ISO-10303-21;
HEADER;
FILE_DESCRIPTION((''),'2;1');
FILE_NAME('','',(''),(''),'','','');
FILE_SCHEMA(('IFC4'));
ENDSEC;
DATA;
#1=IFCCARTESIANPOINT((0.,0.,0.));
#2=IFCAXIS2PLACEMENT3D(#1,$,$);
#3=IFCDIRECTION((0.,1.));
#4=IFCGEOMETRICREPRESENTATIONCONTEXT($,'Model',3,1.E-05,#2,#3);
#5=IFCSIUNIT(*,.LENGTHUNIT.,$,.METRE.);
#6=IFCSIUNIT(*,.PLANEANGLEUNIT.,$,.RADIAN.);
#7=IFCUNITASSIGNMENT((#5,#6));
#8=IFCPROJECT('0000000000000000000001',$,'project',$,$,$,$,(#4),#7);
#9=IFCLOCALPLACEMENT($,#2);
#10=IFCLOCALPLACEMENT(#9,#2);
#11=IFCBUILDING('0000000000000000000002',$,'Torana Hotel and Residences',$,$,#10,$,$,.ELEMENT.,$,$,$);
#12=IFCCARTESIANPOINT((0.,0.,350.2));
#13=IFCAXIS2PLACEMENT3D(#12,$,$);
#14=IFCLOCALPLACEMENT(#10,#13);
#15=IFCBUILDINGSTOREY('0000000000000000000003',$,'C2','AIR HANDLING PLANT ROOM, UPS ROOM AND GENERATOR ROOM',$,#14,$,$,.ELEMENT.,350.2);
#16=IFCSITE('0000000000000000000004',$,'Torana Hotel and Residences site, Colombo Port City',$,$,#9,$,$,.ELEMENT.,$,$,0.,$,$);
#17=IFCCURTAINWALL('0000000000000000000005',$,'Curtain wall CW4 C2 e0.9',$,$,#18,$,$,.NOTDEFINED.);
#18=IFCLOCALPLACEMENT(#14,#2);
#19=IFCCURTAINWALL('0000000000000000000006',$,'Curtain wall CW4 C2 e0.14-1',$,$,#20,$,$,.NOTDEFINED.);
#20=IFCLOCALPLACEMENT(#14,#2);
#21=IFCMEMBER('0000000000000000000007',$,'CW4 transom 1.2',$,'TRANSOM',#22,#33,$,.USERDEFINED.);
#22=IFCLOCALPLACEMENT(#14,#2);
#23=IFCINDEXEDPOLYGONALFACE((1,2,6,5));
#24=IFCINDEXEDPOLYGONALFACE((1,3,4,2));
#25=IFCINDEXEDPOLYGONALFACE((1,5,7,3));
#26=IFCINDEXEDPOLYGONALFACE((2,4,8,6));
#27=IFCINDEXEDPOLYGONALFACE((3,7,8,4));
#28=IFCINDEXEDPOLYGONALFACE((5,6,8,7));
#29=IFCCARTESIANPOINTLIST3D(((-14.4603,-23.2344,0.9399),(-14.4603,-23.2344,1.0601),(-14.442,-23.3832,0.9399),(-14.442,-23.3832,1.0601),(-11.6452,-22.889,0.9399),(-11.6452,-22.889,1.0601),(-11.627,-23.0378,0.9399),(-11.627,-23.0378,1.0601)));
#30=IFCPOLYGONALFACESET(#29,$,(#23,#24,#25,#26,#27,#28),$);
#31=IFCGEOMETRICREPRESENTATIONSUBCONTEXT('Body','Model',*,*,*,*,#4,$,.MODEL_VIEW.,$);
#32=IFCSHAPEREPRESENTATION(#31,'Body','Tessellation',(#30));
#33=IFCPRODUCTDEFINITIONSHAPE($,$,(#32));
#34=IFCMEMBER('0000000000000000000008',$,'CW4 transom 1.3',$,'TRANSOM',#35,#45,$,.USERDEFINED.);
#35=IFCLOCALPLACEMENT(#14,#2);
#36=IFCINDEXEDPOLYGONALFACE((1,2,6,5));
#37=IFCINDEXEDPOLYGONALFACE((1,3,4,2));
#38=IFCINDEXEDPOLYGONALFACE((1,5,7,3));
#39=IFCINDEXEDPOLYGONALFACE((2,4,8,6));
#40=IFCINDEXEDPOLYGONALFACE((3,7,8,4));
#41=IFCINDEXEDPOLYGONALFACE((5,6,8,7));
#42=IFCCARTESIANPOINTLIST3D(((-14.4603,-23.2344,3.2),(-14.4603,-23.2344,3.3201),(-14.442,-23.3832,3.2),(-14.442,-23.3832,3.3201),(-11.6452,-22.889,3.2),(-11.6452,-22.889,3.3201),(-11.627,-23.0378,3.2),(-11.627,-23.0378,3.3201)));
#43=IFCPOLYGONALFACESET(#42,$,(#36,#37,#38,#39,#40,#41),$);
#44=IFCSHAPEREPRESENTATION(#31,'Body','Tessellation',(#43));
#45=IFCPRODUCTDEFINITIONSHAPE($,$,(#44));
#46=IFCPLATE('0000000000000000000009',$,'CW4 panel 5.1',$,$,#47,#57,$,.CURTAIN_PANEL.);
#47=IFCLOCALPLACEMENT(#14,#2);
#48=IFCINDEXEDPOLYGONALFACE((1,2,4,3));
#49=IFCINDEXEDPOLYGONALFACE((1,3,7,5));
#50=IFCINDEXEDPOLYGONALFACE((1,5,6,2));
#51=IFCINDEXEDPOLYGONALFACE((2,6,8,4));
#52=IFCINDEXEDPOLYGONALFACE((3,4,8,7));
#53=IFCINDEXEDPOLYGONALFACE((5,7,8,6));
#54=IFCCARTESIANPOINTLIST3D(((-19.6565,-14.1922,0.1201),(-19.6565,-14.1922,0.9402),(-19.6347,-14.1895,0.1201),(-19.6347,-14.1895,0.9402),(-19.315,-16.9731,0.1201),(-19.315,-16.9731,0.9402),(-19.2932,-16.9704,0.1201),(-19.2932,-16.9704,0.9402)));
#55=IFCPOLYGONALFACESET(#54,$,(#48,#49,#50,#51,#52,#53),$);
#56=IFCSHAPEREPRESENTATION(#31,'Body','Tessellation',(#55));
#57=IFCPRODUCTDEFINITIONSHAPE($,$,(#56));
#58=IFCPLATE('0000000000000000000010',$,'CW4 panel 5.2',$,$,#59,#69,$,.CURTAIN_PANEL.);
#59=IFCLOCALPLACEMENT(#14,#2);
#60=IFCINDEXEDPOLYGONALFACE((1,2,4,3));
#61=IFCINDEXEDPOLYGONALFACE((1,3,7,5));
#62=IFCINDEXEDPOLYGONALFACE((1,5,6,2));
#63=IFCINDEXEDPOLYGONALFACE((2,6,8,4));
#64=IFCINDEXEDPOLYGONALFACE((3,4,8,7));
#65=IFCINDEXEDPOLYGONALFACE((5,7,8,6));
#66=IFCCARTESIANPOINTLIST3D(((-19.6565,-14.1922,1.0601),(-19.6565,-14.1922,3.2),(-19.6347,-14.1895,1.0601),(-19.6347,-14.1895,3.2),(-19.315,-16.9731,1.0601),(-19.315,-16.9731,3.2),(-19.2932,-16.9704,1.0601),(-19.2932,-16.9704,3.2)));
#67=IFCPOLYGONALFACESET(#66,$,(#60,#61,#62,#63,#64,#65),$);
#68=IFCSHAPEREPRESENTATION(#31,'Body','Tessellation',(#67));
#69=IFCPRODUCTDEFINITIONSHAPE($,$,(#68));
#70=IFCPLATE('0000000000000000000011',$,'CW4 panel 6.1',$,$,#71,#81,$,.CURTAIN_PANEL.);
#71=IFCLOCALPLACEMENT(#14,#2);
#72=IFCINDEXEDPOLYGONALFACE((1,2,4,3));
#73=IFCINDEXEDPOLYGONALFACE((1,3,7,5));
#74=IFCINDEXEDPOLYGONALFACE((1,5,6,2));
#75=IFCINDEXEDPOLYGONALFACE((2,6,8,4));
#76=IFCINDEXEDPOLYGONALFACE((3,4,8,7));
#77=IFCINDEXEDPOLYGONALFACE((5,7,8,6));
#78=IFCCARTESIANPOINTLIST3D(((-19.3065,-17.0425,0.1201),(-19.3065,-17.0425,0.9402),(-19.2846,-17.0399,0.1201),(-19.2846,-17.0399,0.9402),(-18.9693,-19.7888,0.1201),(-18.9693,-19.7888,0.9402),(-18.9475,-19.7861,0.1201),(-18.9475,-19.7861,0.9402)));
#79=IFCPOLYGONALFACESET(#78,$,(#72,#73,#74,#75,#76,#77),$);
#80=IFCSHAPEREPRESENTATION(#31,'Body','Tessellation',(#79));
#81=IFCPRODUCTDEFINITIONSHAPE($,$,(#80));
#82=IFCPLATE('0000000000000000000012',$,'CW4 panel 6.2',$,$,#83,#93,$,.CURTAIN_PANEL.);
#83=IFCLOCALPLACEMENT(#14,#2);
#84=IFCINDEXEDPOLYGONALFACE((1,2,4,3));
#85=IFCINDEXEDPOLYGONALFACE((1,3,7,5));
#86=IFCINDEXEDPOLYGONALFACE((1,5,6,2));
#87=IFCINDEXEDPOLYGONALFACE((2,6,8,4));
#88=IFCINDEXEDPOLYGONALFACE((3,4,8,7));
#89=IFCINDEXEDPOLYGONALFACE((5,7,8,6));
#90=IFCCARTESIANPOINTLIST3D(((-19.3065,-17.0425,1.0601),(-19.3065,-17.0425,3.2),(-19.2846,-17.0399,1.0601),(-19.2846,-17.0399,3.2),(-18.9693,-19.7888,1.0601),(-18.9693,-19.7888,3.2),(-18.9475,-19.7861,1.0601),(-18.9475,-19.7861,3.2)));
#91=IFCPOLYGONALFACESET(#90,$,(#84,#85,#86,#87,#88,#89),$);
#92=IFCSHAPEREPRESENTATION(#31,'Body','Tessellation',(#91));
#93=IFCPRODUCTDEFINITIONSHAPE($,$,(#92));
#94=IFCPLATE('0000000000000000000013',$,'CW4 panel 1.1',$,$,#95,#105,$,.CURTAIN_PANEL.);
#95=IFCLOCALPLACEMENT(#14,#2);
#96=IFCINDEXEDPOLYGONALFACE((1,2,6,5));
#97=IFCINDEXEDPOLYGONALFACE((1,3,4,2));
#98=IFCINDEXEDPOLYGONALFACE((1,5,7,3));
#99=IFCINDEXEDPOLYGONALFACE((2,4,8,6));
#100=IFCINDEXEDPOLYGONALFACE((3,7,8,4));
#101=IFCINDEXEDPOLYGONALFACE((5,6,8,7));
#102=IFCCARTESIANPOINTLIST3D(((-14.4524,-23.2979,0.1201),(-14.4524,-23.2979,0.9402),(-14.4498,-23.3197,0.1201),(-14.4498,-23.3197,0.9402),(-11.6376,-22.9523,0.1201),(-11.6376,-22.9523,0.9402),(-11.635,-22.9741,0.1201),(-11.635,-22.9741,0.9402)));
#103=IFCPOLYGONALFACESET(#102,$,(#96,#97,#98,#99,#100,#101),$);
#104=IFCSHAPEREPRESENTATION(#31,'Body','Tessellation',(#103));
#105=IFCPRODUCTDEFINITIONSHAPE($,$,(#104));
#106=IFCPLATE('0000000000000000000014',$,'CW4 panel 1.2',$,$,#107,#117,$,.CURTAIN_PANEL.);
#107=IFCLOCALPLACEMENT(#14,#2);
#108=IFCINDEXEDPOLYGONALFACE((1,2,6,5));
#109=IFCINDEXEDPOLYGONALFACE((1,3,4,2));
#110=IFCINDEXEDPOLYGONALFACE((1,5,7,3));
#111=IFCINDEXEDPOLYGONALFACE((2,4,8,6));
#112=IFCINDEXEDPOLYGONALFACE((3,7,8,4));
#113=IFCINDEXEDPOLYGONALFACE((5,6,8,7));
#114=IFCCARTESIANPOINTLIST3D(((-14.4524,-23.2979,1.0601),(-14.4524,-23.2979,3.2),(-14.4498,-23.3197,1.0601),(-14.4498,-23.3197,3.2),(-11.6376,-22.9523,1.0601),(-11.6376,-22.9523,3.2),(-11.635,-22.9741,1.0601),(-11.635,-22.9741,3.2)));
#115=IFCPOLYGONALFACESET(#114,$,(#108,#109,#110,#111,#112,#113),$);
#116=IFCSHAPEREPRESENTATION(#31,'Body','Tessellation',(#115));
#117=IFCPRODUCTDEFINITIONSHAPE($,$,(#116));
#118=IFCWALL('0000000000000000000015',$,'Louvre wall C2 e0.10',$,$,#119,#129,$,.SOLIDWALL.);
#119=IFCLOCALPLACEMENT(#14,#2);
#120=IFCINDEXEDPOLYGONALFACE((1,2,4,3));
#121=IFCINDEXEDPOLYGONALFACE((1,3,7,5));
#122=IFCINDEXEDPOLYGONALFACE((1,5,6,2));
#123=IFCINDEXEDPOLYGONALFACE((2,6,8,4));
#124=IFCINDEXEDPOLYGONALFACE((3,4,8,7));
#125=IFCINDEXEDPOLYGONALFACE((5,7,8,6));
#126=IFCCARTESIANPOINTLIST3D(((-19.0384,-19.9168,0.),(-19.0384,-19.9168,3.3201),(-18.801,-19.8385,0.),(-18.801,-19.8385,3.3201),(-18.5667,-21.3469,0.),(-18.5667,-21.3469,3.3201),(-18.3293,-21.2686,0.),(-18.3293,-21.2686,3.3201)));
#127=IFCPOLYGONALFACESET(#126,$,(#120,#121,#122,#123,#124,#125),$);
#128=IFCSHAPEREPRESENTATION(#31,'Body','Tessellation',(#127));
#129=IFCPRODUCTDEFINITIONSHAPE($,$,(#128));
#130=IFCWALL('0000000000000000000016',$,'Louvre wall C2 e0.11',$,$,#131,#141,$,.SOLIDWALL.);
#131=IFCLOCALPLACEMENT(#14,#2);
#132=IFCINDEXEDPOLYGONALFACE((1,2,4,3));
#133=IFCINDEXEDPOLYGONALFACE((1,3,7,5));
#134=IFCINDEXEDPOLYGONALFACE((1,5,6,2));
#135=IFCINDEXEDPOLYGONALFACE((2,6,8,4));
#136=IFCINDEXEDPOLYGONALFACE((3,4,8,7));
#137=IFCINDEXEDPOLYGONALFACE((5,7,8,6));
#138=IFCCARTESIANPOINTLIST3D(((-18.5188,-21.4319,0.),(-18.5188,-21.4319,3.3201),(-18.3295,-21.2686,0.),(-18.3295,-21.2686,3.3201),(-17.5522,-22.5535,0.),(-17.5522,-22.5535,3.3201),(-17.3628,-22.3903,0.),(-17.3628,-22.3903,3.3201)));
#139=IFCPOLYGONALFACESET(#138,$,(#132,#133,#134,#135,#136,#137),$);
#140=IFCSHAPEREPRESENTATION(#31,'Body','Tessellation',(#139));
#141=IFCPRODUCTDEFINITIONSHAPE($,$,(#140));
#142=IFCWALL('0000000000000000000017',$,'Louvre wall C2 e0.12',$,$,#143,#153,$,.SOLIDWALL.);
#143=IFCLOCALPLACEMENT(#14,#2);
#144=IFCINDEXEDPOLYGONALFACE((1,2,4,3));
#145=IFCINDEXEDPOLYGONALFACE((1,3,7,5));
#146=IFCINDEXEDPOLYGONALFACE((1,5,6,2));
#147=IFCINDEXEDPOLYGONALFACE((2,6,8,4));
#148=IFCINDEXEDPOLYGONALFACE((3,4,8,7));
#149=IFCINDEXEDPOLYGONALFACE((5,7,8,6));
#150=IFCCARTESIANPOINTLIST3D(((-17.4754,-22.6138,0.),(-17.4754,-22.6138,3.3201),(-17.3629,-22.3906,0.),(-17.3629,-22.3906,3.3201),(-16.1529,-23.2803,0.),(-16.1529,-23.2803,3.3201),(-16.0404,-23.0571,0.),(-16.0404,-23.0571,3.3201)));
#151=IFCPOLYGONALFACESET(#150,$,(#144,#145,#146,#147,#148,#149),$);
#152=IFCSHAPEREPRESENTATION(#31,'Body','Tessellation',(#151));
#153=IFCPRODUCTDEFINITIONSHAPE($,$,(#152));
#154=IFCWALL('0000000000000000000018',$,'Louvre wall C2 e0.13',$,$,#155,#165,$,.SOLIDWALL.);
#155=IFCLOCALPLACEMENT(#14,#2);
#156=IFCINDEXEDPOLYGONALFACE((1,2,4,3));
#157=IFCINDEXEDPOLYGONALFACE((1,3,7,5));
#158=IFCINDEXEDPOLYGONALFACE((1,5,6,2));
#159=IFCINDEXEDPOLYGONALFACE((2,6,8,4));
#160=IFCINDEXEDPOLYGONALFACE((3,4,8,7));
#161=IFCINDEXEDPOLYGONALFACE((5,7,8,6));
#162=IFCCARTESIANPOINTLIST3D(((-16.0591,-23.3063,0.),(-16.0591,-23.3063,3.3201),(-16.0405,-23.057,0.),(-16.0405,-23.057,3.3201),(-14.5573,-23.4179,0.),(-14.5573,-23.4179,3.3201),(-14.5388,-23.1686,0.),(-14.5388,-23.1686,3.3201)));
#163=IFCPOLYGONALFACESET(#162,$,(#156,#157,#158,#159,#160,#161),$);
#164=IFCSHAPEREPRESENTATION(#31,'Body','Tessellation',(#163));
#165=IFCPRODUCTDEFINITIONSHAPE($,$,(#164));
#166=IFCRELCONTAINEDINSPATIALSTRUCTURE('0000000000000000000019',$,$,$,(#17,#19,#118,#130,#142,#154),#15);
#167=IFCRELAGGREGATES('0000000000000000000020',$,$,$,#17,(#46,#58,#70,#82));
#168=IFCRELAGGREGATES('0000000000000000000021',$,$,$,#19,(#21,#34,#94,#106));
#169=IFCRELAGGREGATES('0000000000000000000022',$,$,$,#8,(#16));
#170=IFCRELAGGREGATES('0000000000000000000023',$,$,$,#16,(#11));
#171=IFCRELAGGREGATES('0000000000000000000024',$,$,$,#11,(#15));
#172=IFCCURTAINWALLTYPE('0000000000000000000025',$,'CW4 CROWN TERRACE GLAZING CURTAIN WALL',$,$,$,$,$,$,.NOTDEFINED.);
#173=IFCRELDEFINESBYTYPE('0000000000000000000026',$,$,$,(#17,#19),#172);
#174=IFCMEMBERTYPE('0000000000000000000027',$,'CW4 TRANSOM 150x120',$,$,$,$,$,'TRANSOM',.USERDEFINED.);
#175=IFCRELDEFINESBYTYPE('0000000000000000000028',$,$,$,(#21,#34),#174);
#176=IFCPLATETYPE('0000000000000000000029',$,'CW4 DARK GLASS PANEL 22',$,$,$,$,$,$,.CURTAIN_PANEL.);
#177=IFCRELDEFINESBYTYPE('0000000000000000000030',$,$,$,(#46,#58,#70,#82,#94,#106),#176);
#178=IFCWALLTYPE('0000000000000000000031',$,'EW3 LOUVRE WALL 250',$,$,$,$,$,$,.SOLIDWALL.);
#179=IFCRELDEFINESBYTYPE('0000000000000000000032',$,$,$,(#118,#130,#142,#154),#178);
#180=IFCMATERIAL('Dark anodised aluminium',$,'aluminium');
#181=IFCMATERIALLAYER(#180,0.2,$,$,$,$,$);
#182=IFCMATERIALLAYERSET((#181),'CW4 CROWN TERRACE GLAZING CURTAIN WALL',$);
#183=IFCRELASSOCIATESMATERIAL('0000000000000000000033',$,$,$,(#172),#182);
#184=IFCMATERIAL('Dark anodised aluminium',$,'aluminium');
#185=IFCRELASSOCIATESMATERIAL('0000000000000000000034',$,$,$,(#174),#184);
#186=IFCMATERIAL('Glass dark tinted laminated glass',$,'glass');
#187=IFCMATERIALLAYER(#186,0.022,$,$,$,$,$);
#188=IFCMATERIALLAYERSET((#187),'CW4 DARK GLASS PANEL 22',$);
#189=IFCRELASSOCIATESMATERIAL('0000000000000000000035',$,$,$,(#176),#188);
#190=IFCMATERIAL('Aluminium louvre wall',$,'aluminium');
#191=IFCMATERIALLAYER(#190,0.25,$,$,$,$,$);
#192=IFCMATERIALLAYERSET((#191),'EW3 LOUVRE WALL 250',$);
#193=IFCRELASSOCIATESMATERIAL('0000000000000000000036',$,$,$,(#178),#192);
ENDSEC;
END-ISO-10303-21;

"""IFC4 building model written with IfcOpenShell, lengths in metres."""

from ifc_helpers import new_model, si_unit, direction, frame, frame_2d, origin, origin_2d, place, context, subcontext, project, spatial, rectangle, extrude, material, layer, layer_set, material_profile, profile_set, type_object, element, aggregate, save


model = new_model("IFC4")

# Units and contexts
model_context = context("Model", 3, precision=1e-05, world=origin(), true_north=direction((0.0, 1.0)))
body_context = subcontext(model_context, "Body", "Model", "MODEL_VIEW")
ifc_project = project(units=[si_unit("LENGTHUNIT", "METRE"), si_unit("PLANEANGLEUNIT", "RADIAN")], contexts=[model_context])

# Site, building, storey
site_placement = place(None, origin())
site = spatial("IfcSite", under=ifc_project, at=site_placement, Name="Torana Hotel and Residences site, Colombo Port City", CompositionType="ELEMENT", RefElevation=0.0)
building_placement = place(site_placement, origin())
building = spatial("IfcBuilding", under=site, at=building_placement, Name="Torana Hotel and Residences", CompositionType="ELEMENT")
storey_placement = place(building_placement, frame((0.0, 0.0, 350.2)))
storey = spatial("IfcBuildingStorey", under=building, at=storey_placement, Name="C2", Description="AIR HANDLING PLANT ROOM, UPS ROOM AND GENERATOR ROOM", CompositionType="ELEMENT", Elevation=350.2)

# Curtain walls
ifc_material_1 = material(Name="Dark anodised aluminium", Category="aluminium")
ifc_layer_1 = layer(ifc_material_1, 0.2)
ifc_layer_set_1 = layer_set([ifc_layer_1], Name="CW4 CROWN TERRACE GLAZING CURTAIN WALL")
curtain_wall_type = type_object("IfcCurtainWallType", Name="CW4 CROWN TERRACE GLAZING CURTAIN WALL", PredefinedType="NOTDEFINED", material=ifc_layer_set_1)
curtain_wall_1_placement = place(storey_placement, origin())
curtain_wall_1 = element("IfcCurtainWall", 1, at=curtain_wall_1_placement, inside=storey, type_object=curtain_wall_type, Name="Curtain wall CW4 C2 e0.9", PredefinedType="NOTDEFINED")
curtain_wall_2_placement = place(storey_placement, origin())
curtain_wall_2 = element("IfcCurtainWall", 2, at=curtain_wall_2_placement, inside=storey, type_object=curtain_wall_type, Name="Curtain wall CW4 C2 e0.14-1", PredefinedType="NOTDEFINED")

# Members
ifc_material_2 = material(Name="Dark anodised aluminium", Category="aluminium")
ifc_material_profile_1 = material_profile(ifc_material_2, rectangle(XDim=0.1499, YDim=0.1201, at=origin_2d()), Name="CW4 TRANSOM 150x120")
ifc_profile_set_1 = profile_set([ifc_material_profile_1], Name="Dark anodised aluminium")
member_type_1 = type_object("IfcMemberType", Name="CW4 TRANSOM 150x120", ElementType="TRANSOM", PredefinedType="USERDEFINED", material=ifc_profile_set_1)
member_1_placement = place(storey_placement, frame((-14.4512, -23.3088, 1.0), z_axis=(0.992554, 0.121809, 0.0), x_axis=(-0.121809, 0.992554, 0.0)))
member_1 = element("IfcMember", 3, at=member_1_placement, type_object=member_type_1, Name="CW4 transom 1.2", ObjectType="TRANSOM", PredefinedType="USERDEFINED", context=body_context, shape_type="SweptSolid", body=[
    extrude(rectangle(XDim=0.1499, YDim=0.1201, at=origin_2d()), origin(), (0.0, 0.0, 1.0), 2.8362),
])
member_2_placement = place(storey_placement, frame((-14.4512, -23.3088, 3.26), z_axis=(0.992554, 0.121809, 0.0), x_axis=(-0.121809, 0.992554, 0.0)))
member_2 = element("IfcMember", 4, at=member_2_placement, type_object=member_type_1, Name="CW4 transom 1.3", ObjectType="TRANSOM", PredefinedType="USERDEFINED", context=body_context, shape_type="SweptSolid", body=[
    extrude(rectangle(XDim=0.1499, YDim=0.1201, at=origin_2d()), origin(), (0.0, 0.0, 1.0), 2.8362),
])

# Plates
ifc_material_3 = material(Name="Glass dark tinted laminated glass", Category="glass")
ifc_layer_2 = layer(ifc_material_3, 0.022)
ifc_layer_set_2 = layer_set([ifc_layer_2], Name="CW4 DARK GLASS PANEL 22")
plate_type = type_object("IfcPlateType", Name="CW4 DARK GLASS PANEL 22", PredefinedType="CURTAIN_PANEL", material=ifc_layer_set_2)
plate_1_placement = place(storey_placement, frame((-19.4749, -15.5813, 0.1201), z_axis=(0.0, 0.0, 1.0), x_axis=(0.121869, -0.992546, 0.0)))
plate_1 = element("IfcPlate", 5, at=plate_1_placement, type_object=plate_type, Name="CW4 panel 5.1", PredefinedType="CURTAIN_PANEL", context=body_context, shape_type="SweptSolid", body=[
    extrude(rectangle(XDim=2.8018, YDim=0.022, at=origin_2d()), origin(), (0.0, 0.0, 1.0), 0.8201),
])
plate_2_placement = place(storey_placement, frame((-19.4749, -15.5813, 1.0601), z_axis=(0.0, 0.0, 1.0), x_axis=(0.121869, -0.992546, 0.0)))
plate_2 = element("IfcPlate", 6, at=plate_2_placement, type_object=plate_type, Name="CW4 panel 5.2", PredefinedType="CURTAIN_PANEL", context=body_context, shape_type="SweptSolid", body=[
    extrude(rectangle(XDim=2.8018, YDim=0.022, at=origin_2d()), origin(), (0.0, 0.0, 1.0), 2.1399),
])
plate_3_placement = place(storey_placement, frame((-19.127, -18.4143, 0.1201), z_axis=(0.0, 0.0, 1.0), x_axis=(0.121869, -0.992546, 0.0)))
plate_3 = element("IfcPlate", 7, at=plate_3_placement, type_object=plate_type, Name="CW4 panel 6.1", PredefinedType="CURTAIN_PANEL", context=body_context, shape_type="SweptSolid", body=[
    extrude(rectangle(XDim=2.7668, YDim=0.022, at=origin_2d()), origin(), (0.0, 0.0, 1.0), 0.8201),
])
plate_4_placement = place(storey_placement, frame((-19.127, -18.4143, 1.0601), z_axis=(0.0, 0.0, 1.0), x_axis=(0.121869, -0.992546, 0.0)))
plate_4 = element("IfcPlate", 8, at=plate_4_placement, type_object=plate_type, Name="CW4 panel 6.2", PredefinedType="CURTAIN_PANEL", context=body_context, shape_type="SweptSolid", body=[
    extrude(rectangle(XDim=2.7668, YDim=0.022, at=origin_2d()), origin(), (0.0, 0.0, 1.0), 2.1399),
])
aggregate(curtain_wall_1, [plate_1, plate_2, plate_3, plate_4])
plate_5_placement = place(storey_placement, frame((-13.0437, -23.136, 0.1201), z_axis=(0.0, 0.0, 1.0), x_axis=(0.992547, 0.121863, 0.0)))
plate_5 = element("IfcPlate", 9, at=plate_5_placement, type_object=plate_type, Name="CW4 panel 1.1", PredefinedType="CURTAIN_PANEL", context=body_context, shape_type="SweptSolid", body=[
    extrude(rectangle(XDim=2.8359, YDim=0.022, at=origin_2d()), origin(), (0.0, 0.0, 1.0), 0.8201),
])
plate_6_placement = place(storey_placement, frame((-13.0437, -23.136, 1.0601), z_axis=(0.0, 0.0, 1.0), x_axis=(0.992547, 0.121863, 0.0)))
plate_6 = element("IfcPlate", 10, at=plate_6_placement, type_object=plate_type, Name="CW4 panel 1.2", PredefinedType="CURTAIN_PANEL", context=body_context, shape_type="SweptSolid", body=[
    extrude(rectangle(XDim=2.8359, YDim=0.022, at=origin_2d()), origin(), (0.0, 0.0, 1.0), 2.1399),
])
aggregate(curtain_wall_2, [member_1, member_2, plate_5, plate_6])

# Walls
ifc_material_4 = material(Name="Aluminium louvre wall", Category="aluminium")
ifc_layer_3 = layer(ifc_material_4, 0.25)
ifc_layer_set_3 = layer_set([ifc_layer_3], Name="EW3 LOUVRE WALL 250")
wall_type_1 = type_object("IfcWallType", Name="EW3 LOUVRE WALL 250", PredefinedType="SOLIDWALL", material=ifc_layer_set_3)
wall_1_placement = place(storey_placement, frame((-18.9197, -19.8777, 0.0), z_axis=(0.0, 0.0, 1.0), x_axis=(0.313211, -0.949684, 0.0)))
element("IfcWall", 11, at=wall_1_placement, inside=storey, type_object=wall_type_1, Name="Louvre wall C2 e0.10", PredefinedType="SOLIDWALL", context=body_context, shape_type="SweptSolid", body=[
    extrude(rectangle(XDim=1.5059, YDim=0.25, at=frame_2d((0.7529, 0.0))), origin(), (0.0, 0.0, 1.0), 3.3201),
])
wall_2_placement = place(storey_placement, frame((-18.4241, -21.3503, 0.0), z_axis=(0.0, 0.0, 1.0), x_axis=(0.652812, -0.75752, 0.0)))
element("IfcWall", 12, at=wall_2_placement, inside=storey, type_object=wall_type_1, Name="Louvre wall C2 e0.11", PredefinedType="SOLIDWALL", context=body_context, shape_type="SweptSolid", body=[
    extrude(rectangle(XDim=1.4807, YDim=0.25, at=frame_2d((0.7402, 0.0))), origin(), (0.0, 0.0, 1.0), 3.3201),
])
wall_3_placement = place(storey_placement, frame((-17.4192, -22.5022, 0.0), z_axis=(0.0, 0.0, 1.0), x_axis=(0.893005, -0.450047, 0.0)))
element("IfcWall", 13, at=wall_3_placement, inside=storey, type_object=wall_type_1, Name="Louvre wall C2 e0.12", PredefinedType="SOLIDWALL", context=body_context, shape_type="SweptSolid", body=[
    extrude(rectangle(XDim=1.481, YDim=0.25, at=frame_2d((0.7405, 0.0))), origin(), (0.0, 0.0, 1.0), 3.3201),
])
wall_4_placement = place(storey_placement, frame((-16.0498, -23.1816, 0.0), z_axis=(0.0, 0.0, 1.0), x_axis=(0.997251, -0.074093, 0.0)))
element("IfcWall", 14, at=wall_4_placement, inside=storey, type_object=wall_type_1, Name="Louvre wall C2 e0.13", PredefinedType="SOLIDWALL", context=body_context, shape_type="SweptSolid", body=[
    extrude(rectangle(XDim=1.5059, YDim=0.25, at=frame_2d((0.7529, 0.0))), origin(), (0.0, 0.0, 1.0), 3.3201),
])

save(model, "model.ifc")
